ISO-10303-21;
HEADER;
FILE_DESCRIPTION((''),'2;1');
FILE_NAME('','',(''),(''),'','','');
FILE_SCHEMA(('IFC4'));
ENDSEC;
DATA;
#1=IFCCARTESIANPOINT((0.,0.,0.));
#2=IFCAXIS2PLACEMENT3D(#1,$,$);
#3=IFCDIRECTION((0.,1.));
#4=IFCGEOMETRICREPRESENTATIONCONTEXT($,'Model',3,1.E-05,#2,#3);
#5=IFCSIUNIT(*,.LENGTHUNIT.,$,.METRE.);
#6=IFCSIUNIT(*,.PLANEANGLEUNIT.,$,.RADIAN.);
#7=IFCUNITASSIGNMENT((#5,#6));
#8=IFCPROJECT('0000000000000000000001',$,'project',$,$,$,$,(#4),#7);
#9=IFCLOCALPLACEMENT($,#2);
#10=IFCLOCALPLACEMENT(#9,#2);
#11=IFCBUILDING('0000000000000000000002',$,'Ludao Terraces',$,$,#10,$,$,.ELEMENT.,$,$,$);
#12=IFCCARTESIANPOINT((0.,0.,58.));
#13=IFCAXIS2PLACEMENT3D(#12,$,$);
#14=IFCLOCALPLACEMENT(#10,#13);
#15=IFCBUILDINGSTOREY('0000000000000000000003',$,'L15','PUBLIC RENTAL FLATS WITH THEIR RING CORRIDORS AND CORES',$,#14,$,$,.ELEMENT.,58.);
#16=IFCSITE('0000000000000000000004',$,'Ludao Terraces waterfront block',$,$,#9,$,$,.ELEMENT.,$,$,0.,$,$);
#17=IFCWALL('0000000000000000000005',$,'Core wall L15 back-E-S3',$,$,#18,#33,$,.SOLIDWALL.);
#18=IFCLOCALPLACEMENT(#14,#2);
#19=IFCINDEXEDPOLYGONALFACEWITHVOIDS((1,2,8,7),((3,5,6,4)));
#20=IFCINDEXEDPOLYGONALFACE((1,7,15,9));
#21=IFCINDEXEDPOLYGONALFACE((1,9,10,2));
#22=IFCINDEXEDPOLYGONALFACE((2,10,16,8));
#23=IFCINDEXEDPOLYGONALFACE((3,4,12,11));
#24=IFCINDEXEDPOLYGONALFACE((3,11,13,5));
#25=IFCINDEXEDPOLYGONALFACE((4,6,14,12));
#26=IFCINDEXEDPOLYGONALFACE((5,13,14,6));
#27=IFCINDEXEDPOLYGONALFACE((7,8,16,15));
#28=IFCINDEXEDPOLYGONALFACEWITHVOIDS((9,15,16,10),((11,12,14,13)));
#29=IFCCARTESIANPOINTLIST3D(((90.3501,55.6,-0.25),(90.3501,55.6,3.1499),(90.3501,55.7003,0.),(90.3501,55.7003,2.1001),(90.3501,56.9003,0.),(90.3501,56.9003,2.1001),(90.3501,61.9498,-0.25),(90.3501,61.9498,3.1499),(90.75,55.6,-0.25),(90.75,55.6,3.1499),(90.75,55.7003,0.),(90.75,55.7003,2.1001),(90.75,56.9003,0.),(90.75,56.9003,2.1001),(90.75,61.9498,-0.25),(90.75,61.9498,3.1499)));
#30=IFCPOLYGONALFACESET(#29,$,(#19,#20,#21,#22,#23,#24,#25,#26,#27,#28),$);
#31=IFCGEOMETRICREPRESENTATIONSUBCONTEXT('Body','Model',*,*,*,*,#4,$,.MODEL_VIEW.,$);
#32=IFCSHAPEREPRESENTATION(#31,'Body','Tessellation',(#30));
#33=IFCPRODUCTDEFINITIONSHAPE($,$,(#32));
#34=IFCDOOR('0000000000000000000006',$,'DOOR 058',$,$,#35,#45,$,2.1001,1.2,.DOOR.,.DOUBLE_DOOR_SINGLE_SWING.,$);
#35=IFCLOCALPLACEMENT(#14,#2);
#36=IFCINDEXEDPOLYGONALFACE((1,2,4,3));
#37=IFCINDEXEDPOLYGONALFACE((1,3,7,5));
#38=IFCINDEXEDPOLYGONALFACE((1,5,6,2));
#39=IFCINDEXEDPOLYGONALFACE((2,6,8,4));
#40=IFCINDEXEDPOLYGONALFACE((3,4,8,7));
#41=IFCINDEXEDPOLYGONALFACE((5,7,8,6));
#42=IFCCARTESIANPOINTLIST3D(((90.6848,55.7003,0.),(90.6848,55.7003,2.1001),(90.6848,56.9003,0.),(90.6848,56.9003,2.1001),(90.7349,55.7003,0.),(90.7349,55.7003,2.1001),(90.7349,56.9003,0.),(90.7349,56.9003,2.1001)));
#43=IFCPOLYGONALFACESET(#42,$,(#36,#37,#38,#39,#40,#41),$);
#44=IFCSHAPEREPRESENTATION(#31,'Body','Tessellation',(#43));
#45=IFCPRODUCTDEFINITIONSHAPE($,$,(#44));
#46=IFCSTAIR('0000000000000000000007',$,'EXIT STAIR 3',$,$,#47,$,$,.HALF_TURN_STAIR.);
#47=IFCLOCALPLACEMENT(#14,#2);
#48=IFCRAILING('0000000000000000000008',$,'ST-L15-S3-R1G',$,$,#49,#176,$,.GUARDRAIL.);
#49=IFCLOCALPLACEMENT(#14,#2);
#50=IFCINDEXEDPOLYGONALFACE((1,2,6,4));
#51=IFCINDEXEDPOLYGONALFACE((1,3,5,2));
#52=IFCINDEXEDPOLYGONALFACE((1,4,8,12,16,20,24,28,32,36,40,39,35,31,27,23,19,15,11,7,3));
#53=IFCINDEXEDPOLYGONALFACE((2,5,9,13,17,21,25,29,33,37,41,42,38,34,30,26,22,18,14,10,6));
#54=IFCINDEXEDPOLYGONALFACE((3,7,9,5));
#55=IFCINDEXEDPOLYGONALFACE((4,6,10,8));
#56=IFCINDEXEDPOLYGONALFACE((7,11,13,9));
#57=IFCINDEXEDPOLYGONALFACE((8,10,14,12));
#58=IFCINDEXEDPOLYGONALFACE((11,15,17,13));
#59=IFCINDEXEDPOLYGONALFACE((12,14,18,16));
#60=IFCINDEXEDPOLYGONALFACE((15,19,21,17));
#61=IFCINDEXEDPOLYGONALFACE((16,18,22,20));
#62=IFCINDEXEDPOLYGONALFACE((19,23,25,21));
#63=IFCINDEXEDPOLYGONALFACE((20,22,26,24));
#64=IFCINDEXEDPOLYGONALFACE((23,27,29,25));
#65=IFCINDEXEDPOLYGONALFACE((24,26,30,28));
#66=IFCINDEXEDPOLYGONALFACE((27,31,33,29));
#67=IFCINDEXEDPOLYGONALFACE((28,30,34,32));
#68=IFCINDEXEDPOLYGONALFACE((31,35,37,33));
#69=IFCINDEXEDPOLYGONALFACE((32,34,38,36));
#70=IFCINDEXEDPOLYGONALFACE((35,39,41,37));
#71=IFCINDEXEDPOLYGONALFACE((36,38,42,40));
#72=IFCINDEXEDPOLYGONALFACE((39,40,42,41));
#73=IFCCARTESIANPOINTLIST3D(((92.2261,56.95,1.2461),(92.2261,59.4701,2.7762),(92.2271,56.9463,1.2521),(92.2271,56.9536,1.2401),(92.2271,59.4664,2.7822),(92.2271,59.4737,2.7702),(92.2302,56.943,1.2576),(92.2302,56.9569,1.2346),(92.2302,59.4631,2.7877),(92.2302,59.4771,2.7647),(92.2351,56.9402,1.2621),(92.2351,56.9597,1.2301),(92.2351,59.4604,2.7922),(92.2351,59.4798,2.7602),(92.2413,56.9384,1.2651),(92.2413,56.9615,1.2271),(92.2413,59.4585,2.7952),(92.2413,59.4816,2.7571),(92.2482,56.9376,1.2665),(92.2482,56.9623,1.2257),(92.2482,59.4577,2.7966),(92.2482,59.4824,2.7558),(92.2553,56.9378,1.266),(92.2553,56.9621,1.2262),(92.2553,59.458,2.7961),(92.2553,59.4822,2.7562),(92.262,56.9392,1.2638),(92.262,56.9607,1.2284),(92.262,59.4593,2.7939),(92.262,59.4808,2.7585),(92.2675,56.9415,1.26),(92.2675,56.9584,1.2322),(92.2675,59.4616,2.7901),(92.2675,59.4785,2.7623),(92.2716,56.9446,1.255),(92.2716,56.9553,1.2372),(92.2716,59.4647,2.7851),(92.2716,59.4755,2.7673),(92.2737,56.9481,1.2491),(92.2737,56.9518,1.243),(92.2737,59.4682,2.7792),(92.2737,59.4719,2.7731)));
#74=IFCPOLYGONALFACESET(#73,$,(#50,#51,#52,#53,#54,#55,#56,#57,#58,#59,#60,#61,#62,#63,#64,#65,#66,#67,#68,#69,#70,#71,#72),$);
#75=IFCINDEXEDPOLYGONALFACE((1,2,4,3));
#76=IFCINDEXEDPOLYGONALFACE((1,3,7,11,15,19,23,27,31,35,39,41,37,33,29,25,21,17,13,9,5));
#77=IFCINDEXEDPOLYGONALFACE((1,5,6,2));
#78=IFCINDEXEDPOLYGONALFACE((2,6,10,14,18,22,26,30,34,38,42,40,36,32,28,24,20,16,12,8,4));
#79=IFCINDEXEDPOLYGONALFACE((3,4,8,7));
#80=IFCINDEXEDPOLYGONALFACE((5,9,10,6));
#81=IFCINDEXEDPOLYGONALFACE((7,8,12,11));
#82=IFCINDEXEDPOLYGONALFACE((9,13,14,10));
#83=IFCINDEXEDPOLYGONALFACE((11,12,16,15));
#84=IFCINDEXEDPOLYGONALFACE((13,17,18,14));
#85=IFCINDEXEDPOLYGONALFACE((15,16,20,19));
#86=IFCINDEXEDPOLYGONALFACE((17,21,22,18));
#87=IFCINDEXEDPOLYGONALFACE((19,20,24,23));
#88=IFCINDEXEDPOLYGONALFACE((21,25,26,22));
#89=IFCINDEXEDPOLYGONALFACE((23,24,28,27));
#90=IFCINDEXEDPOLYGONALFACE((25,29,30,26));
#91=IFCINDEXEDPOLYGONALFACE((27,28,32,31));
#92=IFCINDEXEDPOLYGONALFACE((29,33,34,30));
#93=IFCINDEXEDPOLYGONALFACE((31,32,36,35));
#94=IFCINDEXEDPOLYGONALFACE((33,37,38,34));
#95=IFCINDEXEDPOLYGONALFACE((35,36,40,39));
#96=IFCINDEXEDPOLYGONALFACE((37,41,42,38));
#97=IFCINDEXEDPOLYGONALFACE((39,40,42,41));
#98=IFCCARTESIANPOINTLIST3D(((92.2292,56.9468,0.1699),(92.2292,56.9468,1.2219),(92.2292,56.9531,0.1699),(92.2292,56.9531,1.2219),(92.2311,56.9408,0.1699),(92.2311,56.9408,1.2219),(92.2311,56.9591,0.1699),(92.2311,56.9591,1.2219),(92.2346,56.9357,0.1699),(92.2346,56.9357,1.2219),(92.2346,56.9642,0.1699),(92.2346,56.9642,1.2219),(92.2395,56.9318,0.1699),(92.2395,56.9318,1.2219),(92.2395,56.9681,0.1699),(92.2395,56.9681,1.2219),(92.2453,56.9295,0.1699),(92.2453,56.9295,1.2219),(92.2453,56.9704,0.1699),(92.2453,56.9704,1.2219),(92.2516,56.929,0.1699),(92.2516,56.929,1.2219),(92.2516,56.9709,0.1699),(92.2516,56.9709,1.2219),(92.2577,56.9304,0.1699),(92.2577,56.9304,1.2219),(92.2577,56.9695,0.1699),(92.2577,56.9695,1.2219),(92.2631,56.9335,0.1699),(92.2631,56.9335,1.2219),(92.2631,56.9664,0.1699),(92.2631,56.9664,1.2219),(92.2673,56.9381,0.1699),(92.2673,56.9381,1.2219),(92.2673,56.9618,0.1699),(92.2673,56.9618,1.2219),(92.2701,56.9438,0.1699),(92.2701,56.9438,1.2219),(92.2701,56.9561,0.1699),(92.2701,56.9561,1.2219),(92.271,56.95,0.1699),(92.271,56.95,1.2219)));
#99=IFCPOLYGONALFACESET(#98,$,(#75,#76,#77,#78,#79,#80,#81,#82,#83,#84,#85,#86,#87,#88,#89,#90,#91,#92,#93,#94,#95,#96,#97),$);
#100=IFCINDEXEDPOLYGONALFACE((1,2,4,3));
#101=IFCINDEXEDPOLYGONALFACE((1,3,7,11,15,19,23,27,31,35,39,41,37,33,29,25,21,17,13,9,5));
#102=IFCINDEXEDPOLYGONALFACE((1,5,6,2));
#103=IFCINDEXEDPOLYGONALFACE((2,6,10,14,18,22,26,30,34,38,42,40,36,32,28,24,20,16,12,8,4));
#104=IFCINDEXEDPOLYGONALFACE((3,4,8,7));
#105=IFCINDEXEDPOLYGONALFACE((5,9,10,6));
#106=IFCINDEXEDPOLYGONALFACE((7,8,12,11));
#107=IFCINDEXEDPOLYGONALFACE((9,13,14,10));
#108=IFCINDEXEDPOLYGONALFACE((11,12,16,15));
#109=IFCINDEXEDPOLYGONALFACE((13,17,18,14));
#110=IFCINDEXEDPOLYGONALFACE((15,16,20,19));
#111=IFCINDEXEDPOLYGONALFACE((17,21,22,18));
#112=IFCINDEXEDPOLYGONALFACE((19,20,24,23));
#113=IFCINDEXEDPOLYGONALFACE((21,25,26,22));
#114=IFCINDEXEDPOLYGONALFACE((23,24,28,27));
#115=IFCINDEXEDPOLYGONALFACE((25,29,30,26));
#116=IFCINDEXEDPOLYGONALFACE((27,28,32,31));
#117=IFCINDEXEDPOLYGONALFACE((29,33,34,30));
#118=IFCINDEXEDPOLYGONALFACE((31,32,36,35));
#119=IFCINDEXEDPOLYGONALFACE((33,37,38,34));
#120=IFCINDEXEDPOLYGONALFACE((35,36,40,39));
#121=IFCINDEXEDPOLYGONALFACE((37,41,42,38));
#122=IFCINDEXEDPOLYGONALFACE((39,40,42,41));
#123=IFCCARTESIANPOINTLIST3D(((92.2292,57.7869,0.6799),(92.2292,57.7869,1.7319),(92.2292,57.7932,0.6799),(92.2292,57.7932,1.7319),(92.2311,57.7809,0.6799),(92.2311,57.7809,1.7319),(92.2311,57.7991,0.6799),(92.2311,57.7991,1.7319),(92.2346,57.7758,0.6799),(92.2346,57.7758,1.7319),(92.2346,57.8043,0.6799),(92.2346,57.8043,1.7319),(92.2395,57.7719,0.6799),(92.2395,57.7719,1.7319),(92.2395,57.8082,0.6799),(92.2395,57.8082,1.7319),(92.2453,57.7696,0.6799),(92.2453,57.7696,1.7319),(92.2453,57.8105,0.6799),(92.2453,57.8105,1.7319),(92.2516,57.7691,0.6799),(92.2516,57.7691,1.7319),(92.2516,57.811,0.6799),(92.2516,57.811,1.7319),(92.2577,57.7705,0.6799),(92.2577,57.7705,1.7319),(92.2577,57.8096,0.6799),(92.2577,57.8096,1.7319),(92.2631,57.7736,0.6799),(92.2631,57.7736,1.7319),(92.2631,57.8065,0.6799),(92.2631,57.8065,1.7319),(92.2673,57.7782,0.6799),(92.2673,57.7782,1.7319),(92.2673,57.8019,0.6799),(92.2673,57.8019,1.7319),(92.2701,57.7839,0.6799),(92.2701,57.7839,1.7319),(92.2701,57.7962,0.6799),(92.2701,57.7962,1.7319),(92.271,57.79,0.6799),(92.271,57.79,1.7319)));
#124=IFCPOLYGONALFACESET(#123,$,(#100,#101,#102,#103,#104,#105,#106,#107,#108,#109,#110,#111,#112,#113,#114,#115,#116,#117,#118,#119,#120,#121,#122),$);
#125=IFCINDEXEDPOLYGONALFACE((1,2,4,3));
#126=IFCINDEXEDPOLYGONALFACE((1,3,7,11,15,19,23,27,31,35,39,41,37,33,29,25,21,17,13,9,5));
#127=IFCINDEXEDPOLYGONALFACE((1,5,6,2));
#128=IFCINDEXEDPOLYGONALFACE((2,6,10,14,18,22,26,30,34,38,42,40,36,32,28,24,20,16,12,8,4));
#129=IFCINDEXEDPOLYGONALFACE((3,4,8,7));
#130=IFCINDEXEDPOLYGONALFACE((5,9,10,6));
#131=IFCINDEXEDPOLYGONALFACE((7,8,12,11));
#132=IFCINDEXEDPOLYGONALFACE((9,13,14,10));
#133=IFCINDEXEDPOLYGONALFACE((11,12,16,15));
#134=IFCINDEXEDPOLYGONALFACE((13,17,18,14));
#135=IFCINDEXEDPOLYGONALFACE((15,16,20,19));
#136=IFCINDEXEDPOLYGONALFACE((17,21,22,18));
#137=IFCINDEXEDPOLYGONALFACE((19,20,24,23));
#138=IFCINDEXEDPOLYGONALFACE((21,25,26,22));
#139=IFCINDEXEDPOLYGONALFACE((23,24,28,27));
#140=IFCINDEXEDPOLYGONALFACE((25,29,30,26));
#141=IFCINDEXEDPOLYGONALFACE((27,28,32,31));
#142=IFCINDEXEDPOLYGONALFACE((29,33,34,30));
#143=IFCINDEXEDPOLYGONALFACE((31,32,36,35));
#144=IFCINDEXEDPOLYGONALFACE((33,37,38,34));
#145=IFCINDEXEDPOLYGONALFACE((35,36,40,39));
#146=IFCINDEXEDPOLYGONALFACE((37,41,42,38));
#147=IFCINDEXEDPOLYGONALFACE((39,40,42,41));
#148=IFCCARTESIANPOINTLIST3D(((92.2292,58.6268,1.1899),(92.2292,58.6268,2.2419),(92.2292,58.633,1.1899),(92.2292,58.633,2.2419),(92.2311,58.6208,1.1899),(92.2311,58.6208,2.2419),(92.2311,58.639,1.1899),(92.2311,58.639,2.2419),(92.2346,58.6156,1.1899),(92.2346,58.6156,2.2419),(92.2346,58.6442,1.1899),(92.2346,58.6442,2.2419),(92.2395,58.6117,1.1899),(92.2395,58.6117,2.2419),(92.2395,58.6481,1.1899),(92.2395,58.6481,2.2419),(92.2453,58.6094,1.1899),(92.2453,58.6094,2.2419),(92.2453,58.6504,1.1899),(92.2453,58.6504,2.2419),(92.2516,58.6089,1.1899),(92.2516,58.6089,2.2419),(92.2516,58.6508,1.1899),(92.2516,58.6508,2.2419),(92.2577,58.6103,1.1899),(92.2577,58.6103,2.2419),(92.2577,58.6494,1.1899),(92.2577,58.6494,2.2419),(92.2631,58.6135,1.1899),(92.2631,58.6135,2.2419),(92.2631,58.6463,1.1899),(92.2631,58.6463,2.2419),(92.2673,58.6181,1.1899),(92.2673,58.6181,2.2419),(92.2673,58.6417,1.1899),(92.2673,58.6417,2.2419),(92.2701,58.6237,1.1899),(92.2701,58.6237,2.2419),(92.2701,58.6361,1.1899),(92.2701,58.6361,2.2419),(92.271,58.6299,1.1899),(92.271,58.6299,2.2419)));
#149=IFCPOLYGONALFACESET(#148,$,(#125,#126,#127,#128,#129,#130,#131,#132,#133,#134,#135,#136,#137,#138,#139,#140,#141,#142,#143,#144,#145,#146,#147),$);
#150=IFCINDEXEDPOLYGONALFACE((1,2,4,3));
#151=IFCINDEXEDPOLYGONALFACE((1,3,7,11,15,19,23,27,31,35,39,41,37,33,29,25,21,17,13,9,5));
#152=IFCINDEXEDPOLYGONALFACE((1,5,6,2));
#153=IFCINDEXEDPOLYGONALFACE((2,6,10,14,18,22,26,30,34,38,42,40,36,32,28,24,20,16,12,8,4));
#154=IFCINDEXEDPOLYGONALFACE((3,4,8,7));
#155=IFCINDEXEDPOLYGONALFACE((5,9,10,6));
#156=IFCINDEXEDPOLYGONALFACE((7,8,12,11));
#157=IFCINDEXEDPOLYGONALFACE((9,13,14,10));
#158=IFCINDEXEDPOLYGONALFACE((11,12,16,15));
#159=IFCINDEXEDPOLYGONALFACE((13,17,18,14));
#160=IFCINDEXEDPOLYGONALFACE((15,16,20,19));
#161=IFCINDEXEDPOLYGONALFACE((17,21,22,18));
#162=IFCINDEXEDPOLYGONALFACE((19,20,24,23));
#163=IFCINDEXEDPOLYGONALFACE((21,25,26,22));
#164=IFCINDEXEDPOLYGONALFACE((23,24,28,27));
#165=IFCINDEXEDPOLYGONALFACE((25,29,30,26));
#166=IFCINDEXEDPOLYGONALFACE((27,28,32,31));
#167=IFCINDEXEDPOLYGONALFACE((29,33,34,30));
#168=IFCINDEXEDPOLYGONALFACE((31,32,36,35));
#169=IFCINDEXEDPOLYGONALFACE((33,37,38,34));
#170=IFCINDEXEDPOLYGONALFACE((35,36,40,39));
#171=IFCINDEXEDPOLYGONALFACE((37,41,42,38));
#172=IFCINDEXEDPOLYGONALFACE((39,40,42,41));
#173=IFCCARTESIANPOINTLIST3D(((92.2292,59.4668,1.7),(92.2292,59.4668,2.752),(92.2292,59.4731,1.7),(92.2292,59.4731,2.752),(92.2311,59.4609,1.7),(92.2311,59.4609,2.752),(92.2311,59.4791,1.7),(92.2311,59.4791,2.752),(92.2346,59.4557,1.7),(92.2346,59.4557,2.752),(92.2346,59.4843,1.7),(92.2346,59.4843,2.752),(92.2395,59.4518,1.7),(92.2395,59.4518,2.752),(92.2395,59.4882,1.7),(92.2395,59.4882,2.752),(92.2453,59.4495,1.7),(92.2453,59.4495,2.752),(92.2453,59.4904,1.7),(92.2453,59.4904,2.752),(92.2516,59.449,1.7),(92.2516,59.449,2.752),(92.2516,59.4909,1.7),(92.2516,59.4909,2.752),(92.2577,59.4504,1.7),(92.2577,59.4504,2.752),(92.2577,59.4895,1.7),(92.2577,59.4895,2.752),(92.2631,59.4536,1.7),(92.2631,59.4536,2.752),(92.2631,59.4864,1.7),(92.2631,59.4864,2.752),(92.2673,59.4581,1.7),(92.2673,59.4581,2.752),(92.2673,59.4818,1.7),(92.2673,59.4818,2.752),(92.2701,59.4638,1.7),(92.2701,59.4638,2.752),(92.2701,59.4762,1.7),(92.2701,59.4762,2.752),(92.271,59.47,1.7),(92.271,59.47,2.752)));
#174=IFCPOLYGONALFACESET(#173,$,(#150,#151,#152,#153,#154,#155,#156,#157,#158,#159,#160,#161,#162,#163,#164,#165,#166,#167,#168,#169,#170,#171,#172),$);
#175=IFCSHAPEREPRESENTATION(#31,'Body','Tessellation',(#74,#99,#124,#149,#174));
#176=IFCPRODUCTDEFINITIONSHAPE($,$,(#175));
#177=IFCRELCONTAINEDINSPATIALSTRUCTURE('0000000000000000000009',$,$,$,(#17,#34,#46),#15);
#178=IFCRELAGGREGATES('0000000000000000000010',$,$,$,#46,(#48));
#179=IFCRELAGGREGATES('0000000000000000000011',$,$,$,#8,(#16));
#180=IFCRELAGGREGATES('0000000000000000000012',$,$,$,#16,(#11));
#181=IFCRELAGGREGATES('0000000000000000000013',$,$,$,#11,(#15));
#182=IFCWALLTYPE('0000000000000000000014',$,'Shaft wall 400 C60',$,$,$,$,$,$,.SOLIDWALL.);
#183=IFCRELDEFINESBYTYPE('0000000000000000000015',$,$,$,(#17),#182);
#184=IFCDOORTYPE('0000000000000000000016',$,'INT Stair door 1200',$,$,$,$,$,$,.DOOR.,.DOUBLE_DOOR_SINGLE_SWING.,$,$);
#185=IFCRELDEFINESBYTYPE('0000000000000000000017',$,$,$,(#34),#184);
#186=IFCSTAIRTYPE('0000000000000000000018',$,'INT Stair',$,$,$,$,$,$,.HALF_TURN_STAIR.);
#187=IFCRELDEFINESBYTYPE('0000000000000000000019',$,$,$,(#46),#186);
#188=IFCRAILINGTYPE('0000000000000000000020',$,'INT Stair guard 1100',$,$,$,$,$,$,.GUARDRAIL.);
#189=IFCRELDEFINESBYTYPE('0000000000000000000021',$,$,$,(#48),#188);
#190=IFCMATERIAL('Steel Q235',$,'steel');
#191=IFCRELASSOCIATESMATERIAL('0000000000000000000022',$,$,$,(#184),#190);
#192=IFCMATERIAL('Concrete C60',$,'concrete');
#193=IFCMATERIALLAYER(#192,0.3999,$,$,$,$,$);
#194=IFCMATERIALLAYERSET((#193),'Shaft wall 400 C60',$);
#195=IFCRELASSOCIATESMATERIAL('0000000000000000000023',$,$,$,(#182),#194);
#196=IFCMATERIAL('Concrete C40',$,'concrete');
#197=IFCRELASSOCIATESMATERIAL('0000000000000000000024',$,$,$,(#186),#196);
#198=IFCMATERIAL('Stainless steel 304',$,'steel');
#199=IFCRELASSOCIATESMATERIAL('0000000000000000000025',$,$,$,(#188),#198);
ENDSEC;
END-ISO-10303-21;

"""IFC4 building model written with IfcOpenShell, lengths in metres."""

from ifc_helpers import new_model, si_unit, direction, frame, frame_2d, origin, origin_2d, place, context, subcontext, project, spatial, rectangle, circle, extrude, material, layer, layer_set, type_object, element, fill, aggregate, save


model = new_model("IFC4")

# Units and contexts
model_context = context("Model", 3, precision=1e-05, world=origin(), true_north=direction((0.0, 1.0)))
body_context = subcontext(model_context, "Body", "Model", "MODEL_VIEW")
ifc_project = project(units=[si_unit("LENGTHUNIT", "METRE"), si_unit("PLANEANGLEUNIT", "RADIAN")], contexts=[model_context])

# Site, building, storey
site_placement = place(None, origin())
site = spatial("IfcSite", under=ifc_project, at=site_placement, Name="Ludao Terraces waterfront block", CompositionType="ELEMENT", RefElevation=0.0)
building_placement = place(site_placement, origin())
building = spatial("IfcBuilding", under=site, at=building_placement, Name="Ludao Terraces", CompositionType="ELEMENT")
storey_placement = place(building_placement, frame((0.0, 0.0, 58.0)))
storey = spatial("IfcBuildingStorey", under=building, at=storey_placement, Name="L15", Description="PUBLIC RENTAL FLATS WITH THEIR RING CORRIDORS AND CORES", CompositionType="ELEMENT", Elevation=58.0)

# Shared definitions
ifc_material_1 = material(Name="Steel Q235", Category="steel")
door_type_1 = type_object("IfcDoorType", Name="INT Stair door 1200", OperationType="DOUBLE_DOOR_SINGLE_SWING", PredefinedType="DOOR", material=ifc_material_1)

# Wall, opening, door
ifc_material_2 = material(Name="Concrete C60", Category="concrete")
ifc_layer_1 = layer(ifc_material_2, 0.3999)
ifc_layer_set_1 = layer_set([ifc_layer_1], Name="Shaft wall 400 C60")
wall_type_1 = type_object("IfcWallType", Name="Shaft wall 400 C60", PredefinedType="SOLIDWALL", material=ifc_layer_set_1)
wall_1_placement = place(storey_placement, frame((90.55, 55.6001, -0.25), z_axis=(0.0, 0.0, 1.0), x_axis=(0.0, 1.0, 0.0)))
wall_1 = element("IfcWall", 1, at=wall_1_placement, inside=storey, type_object=wall_type_1, Name="Core wall L15 back-E-S3", PredefinedType="SOLIDWALL", context=body_context, shape_type="SweptSolid", body=[
    extrude(rectangle(XDim=6.3499, YDim=0.3999, at=frame_2d((3.1748, 0.0))), origin(), (0.0, 0.0, 1.0), 3.3999),
])
opening_1_placement = place(wall_1_placement, frame((0.1001, 0.0, 0.25)))
opening_1 = element("IfcOpeningElement", 2, at=opening_1_placement, cuts=wall_1, PredefinedType="OPENING", context=body_context, shape_type="SweptSolid", body=[
    extrude(rectangle(XDim=1.2, YDim=2.1001, at=frame_2d((0.6001, 1.05))), frame((0.0, 0.21, 0.0), z_axis=(0.0, -1.0, 0.0), x_axis=(1.0, 0.0, 0.0)), (0.0, 0.0, 1.0), 0.4199),
])
door_1_placement = place(opening_1_placement, origin())
door_1 = element("IfcDoor", 3, at=door_1_placement, inside=storey, type_object=door_type_1, Name="DOOR 058", OperationType="DOUBLE_DOOR_SINGLE_SWING", OverallHeight=2.1001, OverallWidth=1.2, PredefinedType="DOOR", context=body_context, shape_type="SweptSolid", body=[
    extrude(rectangle(XDim=1.2, YDim=2.1001, at=frame_2d((0.6001, 1.05))), frame((0.0, -0.1348, 0.0), z_axis=(0.0, -1.0, 0.0), x_axis=(1.0, 0.0, 0.0)), (0.0, 0.0, 1.0), 0.05),
])
fill(opening_1, door_1)

# Stair, railing
ifc_material_3 = material(Name="Concrete C40", Category="concrete")
stair_type = type_object("IfcStairType", Name="INT Stair", PredefinedType="HALF_TURN_STAIR", material=ifc_material_3)
stair_placement = place(storey_placement, origin())
stair = element("IfcStair", 4, at=stair_placement, inside=storey, type_object=stair_type, Name="EXIT STAIR 3", PredefinedType="HALF_TURN_STAIR")
ifc_material_4 = material(Name="Stainless steel 304", Category="steel")
railing_type_1 = type_object("IfcRailingType", Name="INT Stair guard 1100", PredefinedType="GUARDRAIL", material=ifc_material_4)
railing_1_placement = place(storey_placement, frame((92.25, 56.95, 0.1699)))
railing_1 = element("IfcRailing", 5, at=railing_1_placement, type_object=railing_type_1, Name="ST-L15-S3-R1G", PredefinedType="GUARDRAIL", context=body_context, shape_type="SweptSolid", body=[
    extrude(circle(Radius=0.0239, at=origin_2d()), frame((0.0, 0.0, 1.0762), z_axis=(0.0, 0.854785, 0.518982), x_axis=(-1.0, 0.0, 0.0)), (0.0, 0.0, 1.0), 2.9482),
    extrude(circle(Radius=0.021, at=origin_2d()), origin(), (0.0, 0.0, 1.0), 1.052),
    extrude(circle(Radius=0.021, at=origin_2d()), frame((0.0, 0.8401, 0.51)), (0.0, 0.0, 1.0), 1.052),
    extrude(circle(Radius=0.021, at=origin_2d()), frame((0.0, 1.6799, 1.02)), (0.0, 0.0, 1.0), 1.052),
    extrude(circle(Radius=0.021, at=origin_2d()), frame((0.0, 2.52, 1.53)), (0.0, 0.0, 1.0), 1.052),
])
aggregate(stair, [railing_1])

save(model, "model.ifc")
